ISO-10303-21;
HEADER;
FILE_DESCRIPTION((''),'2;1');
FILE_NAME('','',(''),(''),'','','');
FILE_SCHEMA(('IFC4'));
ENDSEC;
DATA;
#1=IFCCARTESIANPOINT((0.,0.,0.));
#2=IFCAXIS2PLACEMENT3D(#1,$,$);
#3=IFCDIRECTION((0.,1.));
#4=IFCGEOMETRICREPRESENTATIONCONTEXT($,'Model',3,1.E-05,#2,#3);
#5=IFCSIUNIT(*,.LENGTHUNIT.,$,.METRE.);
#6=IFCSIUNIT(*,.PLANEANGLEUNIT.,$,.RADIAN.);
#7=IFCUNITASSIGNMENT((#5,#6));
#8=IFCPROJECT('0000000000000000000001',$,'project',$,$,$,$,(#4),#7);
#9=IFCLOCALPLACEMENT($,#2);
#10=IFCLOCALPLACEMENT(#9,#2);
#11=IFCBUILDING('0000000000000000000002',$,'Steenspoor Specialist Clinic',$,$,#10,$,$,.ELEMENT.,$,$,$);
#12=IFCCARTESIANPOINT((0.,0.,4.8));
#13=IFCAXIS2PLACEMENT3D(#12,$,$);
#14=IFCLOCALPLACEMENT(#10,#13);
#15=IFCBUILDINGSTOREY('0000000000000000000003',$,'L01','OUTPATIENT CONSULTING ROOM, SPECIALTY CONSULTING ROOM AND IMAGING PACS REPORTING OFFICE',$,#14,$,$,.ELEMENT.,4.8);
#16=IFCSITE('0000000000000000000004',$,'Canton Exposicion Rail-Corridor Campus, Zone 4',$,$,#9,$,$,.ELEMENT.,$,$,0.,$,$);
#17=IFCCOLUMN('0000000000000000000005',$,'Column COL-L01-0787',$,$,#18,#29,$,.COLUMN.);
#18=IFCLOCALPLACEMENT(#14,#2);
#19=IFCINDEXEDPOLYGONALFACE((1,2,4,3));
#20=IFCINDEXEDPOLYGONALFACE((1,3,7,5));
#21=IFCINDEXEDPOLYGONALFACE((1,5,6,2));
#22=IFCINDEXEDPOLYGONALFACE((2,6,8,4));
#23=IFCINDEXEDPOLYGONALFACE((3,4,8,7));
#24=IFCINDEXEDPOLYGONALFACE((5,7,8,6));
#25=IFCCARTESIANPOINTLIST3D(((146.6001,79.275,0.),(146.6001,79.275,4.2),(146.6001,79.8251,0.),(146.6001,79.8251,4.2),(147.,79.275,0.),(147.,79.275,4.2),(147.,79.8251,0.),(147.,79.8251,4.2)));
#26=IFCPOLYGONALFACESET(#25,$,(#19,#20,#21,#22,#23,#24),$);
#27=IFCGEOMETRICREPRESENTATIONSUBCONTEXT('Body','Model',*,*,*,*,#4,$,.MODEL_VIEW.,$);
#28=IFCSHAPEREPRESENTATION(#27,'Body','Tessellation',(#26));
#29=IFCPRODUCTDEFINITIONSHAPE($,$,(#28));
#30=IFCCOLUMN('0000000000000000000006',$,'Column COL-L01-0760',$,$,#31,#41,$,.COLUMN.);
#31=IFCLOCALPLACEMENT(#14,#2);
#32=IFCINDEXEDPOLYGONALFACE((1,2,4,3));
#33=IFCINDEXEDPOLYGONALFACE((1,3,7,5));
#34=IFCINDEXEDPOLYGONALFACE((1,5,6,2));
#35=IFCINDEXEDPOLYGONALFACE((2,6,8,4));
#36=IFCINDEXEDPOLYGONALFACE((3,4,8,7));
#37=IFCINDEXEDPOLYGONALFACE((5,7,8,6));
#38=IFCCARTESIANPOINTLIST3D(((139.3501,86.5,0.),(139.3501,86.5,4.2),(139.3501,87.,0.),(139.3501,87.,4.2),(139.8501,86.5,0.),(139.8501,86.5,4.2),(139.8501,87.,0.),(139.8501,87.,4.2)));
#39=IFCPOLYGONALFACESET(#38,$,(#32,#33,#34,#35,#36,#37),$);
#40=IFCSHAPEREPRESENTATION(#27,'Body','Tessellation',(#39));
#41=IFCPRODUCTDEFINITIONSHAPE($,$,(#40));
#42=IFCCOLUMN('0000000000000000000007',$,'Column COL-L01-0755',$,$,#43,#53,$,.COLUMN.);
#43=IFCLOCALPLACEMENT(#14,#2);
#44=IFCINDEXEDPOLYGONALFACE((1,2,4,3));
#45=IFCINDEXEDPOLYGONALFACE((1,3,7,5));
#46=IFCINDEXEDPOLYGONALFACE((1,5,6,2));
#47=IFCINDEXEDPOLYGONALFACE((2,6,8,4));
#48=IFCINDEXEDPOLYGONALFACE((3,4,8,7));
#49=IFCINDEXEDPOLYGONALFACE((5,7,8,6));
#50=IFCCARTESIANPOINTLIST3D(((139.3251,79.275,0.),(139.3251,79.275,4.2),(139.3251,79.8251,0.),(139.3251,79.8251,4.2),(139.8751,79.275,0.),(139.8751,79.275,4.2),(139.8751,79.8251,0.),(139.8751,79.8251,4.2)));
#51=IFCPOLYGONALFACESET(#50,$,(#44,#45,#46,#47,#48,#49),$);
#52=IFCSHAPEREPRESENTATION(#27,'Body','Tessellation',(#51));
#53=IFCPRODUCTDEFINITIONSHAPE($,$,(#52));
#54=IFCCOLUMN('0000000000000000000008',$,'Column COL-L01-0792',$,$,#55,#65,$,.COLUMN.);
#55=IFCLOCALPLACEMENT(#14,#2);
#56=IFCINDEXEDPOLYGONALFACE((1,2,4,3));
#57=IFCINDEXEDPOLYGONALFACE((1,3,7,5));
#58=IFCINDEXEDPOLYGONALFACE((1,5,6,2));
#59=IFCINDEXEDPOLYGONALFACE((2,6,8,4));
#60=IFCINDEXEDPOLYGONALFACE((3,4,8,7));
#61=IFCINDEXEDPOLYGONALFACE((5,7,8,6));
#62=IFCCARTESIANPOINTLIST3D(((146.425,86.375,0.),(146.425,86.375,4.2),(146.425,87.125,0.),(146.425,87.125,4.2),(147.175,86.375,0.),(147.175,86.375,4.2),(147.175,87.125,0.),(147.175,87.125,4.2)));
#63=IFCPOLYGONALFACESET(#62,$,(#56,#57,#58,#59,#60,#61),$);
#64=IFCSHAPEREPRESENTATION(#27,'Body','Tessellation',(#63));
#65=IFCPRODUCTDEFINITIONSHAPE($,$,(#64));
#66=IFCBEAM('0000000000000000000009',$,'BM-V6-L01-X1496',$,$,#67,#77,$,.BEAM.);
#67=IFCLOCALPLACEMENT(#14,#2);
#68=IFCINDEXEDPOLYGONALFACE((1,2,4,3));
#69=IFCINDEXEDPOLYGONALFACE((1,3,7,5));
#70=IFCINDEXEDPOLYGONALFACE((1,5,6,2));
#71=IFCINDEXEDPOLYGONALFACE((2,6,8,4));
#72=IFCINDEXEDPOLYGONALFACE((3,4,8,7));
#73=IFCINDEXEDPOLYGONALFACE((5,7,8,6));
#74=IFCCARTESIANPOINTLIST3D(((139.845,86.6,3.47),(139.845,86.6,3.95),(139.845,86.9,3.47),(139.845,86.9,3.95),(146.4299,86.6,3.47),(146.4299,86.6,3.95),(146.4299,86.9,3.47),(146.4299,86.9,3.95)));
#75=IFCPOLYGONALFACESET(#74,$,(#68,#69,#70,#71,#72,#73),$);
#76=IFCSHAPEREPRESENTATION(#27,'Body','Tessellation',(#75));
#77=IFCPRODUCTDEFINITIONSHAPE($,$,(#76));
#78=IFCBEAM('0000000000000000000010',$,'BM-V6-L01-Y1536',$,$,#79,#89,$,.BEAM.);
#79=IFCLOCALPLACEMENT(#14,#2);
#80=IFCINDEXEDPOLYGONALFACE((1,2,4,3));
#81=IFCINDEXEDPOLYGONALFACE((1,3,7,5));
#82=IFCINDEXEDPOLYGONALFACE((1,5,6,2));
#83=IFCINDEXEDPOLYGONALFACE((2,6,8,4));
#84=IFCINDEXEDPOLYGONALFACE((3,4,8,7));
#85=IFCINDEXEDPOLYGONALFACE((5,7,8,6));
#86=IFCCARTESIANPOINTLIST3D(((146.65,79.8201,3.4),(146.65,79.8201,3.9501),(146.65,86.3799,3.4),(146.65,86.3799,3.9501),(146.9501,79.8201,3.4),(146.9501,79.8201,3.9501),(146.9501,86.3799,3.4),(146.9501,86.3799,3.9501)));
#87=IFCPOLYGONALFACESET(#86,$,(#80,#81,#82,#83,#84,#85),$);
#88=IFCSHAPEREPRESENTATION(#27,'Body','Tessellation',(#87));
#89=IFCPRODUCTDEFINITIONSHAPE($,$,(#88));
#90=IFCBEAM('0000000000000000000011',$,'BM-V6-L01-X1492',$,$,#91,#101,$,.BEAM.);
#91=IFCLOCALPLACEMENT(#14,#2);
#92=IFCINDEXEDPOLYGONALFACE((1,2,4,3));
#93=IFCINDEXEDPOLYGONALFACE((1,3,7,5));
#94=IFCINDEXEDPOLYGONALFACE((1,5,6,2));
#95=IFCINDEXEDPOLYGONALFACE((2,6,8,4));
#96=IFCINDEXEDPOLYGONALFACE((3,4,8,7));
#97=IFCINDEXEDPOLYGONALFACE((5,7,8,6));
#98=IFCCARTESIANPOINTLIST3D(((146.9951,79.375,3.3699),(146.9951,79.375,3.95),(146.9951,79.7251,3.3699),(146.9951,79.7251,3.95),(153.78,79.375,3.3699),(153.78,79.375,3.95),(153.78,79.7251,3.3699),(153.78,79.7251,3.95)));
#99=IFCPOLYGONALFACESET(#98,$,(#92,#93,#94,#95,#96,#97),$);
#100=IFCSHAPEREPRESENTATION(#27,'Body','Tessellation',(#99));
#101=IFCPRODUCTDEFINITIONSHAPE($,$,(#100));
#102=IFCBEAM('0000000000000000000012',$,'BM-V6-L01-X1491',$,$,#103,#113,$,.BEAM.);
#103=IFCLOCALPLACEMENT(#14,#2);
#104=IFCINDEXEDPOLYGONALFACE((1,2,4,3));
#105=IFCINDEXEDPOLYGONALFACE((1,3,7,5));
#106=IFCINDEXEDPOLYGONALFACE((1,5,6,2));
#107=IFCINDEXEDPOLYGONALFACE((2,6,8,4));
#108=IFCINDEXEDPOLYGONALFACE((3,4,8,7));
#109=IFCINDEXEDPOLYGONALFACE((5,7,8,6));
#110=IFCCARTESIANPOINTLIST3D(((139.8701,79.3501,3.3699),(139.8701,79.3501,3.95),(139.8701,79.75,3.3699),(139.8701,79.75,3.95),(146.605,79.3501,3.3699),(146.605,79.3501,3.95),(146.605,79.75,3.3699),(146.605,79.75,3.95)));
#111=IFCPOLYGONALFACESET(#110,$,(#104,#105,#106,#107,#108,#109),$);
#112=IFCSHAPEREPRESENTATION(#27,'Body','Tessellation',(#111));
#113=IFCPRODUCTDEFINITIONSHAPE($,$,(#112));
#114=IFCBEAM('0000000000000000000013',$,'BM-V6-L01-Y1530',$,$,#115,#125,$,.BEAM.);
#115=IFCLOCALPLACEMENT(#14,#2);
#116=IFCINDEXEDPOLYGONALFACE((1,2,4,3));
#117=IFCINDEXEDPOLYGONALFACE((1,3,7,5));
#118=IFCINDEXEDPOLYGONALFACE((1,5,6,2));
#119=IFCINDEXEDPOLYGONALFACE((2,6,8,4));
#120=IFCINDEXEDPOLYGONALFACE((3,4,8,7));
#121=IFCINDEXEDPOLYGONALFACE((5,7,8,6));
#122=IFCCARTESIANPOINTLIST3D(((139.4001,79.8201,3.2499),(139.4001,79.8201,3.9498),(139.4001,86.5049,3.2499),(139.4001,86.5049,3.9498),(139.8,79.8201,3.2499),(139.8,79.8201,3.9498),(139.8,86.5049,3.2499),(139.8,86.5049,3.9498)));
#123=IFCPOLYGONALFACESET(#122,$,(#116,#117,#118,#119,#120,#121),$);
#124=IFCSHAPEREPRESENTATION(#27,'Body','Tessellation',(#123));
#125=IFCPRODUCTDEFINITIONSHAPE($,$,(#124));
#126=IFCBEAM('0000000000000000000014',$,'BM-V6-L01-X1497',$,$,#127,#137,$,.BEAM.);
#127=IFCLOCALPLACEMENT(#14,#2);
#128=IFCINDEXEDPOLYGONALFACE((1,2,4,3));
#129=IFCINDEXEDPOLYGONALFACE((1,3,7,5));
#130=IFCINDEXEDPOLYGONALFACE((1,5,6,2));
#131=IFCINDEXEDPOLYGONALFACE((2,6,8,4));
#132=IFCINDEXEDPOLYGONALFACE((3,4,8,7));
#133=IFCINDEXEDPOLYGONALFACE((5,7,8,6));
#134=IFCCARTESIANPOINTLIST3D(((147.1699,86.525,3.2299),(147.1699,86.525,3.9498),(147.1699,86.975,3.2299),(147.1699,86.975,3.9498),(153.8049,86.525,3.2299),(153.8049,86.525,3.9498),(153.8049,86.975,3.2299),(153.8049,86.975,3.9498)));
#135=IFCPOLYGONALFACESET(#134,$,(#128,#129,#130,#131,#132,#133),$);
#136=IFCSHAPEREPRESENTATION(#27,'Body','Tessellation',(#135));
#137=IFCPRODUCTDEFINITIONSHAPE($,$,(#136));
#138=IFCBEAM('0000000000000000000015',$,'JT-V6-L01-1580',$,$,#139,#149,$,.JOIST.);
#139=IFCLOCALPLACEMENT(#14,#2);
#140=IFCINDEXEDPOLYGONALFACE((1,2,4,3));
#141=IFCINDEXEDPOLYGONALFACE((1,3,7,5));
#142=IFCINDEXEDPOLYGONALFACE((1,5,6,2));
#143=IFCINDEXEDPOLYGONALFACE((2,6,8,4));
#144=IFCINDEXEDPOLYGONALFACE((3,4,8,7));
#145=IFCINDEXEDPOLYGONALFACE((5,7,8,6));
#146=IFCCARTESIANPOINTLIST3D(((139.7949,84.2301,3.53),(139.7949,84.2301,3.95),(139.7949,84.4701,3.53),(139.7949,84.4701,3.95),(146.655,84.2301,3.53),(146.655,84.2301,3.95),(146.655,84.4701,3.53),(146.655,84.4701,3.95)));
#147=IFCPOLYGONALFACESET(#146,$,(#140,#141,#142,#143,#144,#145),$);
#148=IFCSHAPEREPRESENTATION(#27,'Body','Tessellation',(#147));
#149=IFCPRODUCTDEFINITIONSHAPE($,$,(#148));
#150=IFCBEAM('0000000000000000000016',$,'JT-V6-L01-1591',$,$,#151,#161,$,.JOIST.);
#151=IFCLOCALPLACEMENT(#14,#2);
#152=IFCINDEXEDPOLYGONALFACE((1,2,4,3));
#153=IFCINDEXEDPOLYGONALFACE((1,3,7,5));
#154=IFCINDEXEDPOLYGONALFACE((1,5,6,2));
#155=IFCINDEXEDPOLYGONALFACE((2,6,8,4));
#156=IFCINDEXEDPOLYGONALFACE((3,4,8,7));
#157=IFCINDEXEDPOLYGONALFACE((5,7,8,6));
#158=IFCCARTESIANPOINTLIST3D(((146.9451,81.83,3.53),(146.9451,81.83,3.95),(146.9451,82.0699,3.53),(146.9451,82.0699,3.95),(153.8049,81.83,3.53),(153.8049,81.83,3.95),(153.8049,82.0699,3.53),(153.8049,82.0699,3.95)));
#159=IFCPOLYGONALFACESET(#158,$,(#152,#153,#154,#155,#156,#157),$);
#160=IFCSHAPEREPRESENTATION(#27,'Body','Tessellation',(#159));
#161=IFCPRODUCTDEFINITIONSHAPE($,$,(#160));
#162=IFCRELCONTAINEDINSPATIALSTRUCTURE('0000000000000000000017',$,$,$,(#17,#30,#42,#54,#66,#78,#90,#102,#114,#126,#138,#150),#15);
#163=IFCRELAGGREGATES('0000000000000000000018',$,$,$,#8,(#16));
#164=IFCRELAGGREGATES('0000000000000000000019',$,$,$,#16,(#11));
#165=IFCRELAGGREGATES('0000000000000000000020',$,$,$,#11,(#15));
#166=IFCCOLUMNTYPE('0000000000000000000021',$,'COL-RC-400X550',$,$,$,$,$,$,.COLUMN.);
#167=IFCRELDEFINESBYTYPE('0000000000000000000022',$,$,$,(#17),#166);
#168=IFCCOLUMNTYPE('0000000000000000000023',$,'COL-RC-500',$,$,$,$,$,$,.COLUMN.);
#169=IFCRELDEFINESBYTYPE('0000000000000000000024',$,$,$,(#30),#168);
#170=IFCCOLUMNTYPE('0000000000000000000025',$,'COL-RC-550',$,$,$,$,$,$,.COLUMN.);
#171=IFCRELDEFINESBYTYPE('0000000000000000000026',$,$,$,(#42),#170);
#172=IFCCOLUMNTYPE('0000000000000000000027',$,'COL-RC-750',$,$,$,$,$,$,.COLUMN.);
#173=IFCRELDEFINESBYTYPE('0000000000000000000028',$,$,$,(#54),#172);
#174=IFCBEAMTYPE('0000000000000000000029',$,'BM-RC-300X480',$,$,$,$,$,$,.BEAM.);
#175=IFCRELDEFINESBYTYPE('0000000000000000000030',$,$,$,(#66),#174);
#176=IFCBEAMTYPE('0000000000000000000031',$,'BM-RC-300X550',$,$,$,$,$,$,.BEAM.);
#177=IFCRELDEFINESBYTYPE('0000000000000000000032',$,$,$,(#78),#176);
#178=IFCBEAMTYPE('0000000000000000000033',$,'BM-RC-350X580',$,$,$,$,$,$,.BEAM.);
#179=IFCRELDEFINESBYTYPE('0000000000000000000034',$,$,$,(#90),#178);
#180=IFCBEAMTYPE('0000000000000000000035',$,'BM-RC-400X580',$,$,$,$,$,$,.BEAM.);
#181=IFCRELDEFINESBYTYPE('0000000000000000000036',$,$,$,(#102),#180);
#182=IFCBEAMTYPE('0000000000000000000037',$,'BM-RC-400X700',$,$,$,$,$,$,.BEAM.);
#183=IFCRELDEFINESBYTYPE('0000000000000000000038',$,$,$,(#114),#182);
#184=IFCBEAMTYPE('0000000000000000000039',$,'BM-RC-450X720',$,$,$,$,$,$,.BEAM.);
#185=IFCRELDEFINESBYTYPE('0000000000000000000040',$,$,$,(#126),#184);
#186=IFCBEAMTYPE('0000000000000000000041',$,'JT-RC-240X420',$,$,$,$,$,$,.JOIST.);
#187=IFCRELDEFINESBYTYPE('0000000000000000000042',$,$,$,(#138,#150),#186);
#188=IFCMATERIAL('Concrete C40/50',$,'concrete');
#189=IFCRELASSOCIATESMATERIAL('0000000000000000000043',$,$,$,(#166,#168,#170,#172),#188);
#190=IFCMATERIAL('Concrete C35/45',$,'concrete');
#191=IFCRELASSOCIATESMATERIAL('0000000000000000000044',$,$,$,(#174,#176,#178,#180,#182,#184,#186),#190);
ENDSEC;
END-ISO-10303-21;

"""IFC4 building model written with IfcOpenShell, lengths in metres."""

from ifc_helpers import new_model, si_unit, direction, frame, origin, origin_2d, place, context, subcontext, project, spatial, rectangle, extrude, material, material_profile, profile_set, type_object, element, save


model = new_model("IFC4")

# Units and contexts
model_context = context("Model", 3, precision=1e-05, world=origin(), true_north=direction((0.0, 1.0)))
body_context = subcontext(model_context, "Body", "Model", "MODEL_VIEW")
ifc_project = project(units=[si_unit("LENGTHUNIT", "METRE"), si_unit("PLANEANGLEUNIT", "RADIAN")], contexts=[model_context])

# Site, building, storey
site_placement = place(None, origin())
site = spatial("IfcSite", under=ifc_project, at=site_placement, Name="Canton Exposicion Rail-Corridor Campus, Zone 4", CompositionType="ELEMENT", RefElevation=0.0)
building_placement = place(site_placement, origin())
building = spatial("IfcBuilding", under=site, at=building_placement, Name="Steenspoor Specialist Clinic", CompositionType="ELEMENT")
storey_placement = place(building_placement, frame((0.0, 0.0, 4.8)))
storey = spatial("IfcBuildingStorey", under=building, at=storey_placement, Name="L01", Description="OUTPATIENT CONSULTING ROOM, SPECIALTY CONSULTING ROOM AND IMAGING PACS REPORTING OFFICE", CompositionType="ELEMENT", Elevation=4.8)

# Columns
ifc_material_1 = material(Name="Concrete C40/50", Category="concrete")
ifc_material_profile_1 = material_profile(ifc_material_1, rectangle(XDim=0.3999, YDim=0.55, at=origin_2d()), Name="RC-COL-400X550")
ifc_profile_set_1 = profile_set([ifc_material_profile_1], Name="Concrete C40/50")
column_type_1 = type_object("IfcColumnType", Name="COL-RC-400X550", PredefinedType="COLUMN", material=ifc_profile_set_1)
column_1_placement = place(storey_placement, frame((146.8, 79.55, 0.0), z_axis=(0.0, 0.0, 1.0), x_axis=(1.0, 0.0, 0.0)))
element("IfcColumn", 1, at=column_1_placement, inside=storey, type_object=column_type_1, Name="Column COL-L01-0787", PredefinedType="COLUMN", context=body_context, shape_type="SweptSolid", body=[
    extrude(rectangle(XDim=0.3999, YDim=0.55, at=origin_2d()), origin(), (0.0, 0.0, 1.0), 4.2),
])
ifc_material_profile_2 = material_profile(ifc_material_1, rectangle(XDim=0.5, YDim=0.5, at=origin_2d()), Name="RC-COL-500X500")
ifc_profile_set_2 = profile_set([ifc_material_profile_2], Name="Concrete C40/50")
column_type_2 = type_object("IfcColumnType", Name="COL-RC-500", PredefinedType="COLUMN", material=ifc_profile_set_2)
column_2_placement = place(storey_placement, frame((139.6001, 86.75, 0.0), z_axis=(0.0, 0.0, 1.0), x_axis=(1.0, 0.0, 0.0)))
element("IfcColumn", 2, at=column_2_placement, inside=storey, type_object=column_type_2, Name="Column COL-L01-0760", PredefinedType="COLUMN", context=body_context, shape_type="SweptSolid", body=[
    extrude(rectangle(XDim=0.5, YDim=0.5, at=origin_2d()), origin(), (0.0, 0.0, 1.0), 4.2),
])
ifc_material_profile_3 = material_profile(ifc_material_1, rectangle(XDim=0.55, YDim=0.55, at=origin_2d()), Name="RC-COL-550X550")
ifc_profile_set_3 = profile_set([ifc_material_profile_3], Name="Concrete C40/50")
column_type_3 = type_object("IfcColumnType", Name="COL-RC-550", PredefinedType="COLUMN", material=ifc_profile_set_3)
column_3_placement = place(storey_placement, frame((139.6001, 79.55, 0.0), z_axis=(0.0, 0.0, 1.0), x_axis=(1.0, 0.0, 0.0)))
element("IfcColumn", 3, at=column_3_placement, inside=storey, type_object=column_type_3, Name="Column COL-L01-0755", PredefinedType="COLUMN", context=body_context, shape_type="SweptSolid", body=[
    extrude(rectangle(XDim=0.55, YDim=0.55, at=origin_2d()), origin(), (0.0, 0.0, 1.0), 4.2),
])
ifc_material_profile_4 = material_profile(ifc_material_1, rectangle(XDim=0.75, YDim=0.75, at=origin_2d()), Name="RC-COL-750X750")
ifc_profile_set_4 = profile_set([ifc_material_profile_4], Name="Concrete C40/50")
column_type_4 = type_object("IfcColumnType", Name="COL-RC-750", PredefinedType="COLUMN", material=ifc_profile_set_4)
column_4_placement = place(storey_placement, frame((146.8, 86.75, 0.0), z_axis=(0.0, 0.0, 1.0), x_axis=(1.0, 0.0, 0.0)))
element("IfcColumn", 4, at=column_4_placement, inside=storey, type_object=column_type_4, Name="Column COL-L01-0792", PredefinedType="COLUMN", context=body_context, shape_type="SweptSolid", body=[
    extrude(rectangle(XDim=0.75, YDim=0.75, at=origin_2d()), origin(), (0.0, 0.0, 1.0), 4.2),
])

# Beams
ifc_material_2 = material(Name="Concrete C35/45", Category="concrete")
ifc_material_profile_5 = material_profile(ifc_material_2, rectangle(XDim=0.3, YDim=0.48, at=origin_2d()), Name="RC-BM-300X480")
ifc_profile_set_5 = profile_set([ifc_material_profile_5], Name="Concrete C35/45")
beam_type_1 = type_object("IfcBeamType", Name="BM-RC-300X480", PredefinedType="BEAM", material=ifc_profile_set_5)
beam_1_placement = place(storey_placement, frame((139.845, 86.75, 3.71), z_axis=(1.0, 0.0, 0.0), x_axis=(0.0, 1.0, 0.0)))
element("IfcBeam", 5, at=beam_1_placement, inside=storey, type_object=beam_type_1, Name="BM-V6-L01-X1496", PredefinedType="BEAM", context=body_context, shape_type="SweptSolid", body=[
    extrude(rectangle(XDim=0.3, YDim=0.48, at=origin_2d()), origin(), (0.0, 0.0, 1.0), 6.585),
])
ifc_material_profile_6 = material_profile(ifc_material_2, rectangle(XDim=0.3, YDim=0.55, at=origin_2d()), Name="RC-BM-300X550")
ifc_profile_set_6 = profile_set([ifc_material_profile_6], Name="Concrete C35/45")
beam_type_2 = type_object("IfcBeamType", Name="BM-RC-300X550", PredefinedType="BEAM", material=ifc_profile_set_6)
beam_2_placement = place(storey_placement, frame((146.8, 79.8201, 3.675), z_axis=(0.0, 1.0, 0.0), x_axis=(-1.0, 0.0, 0.0)))
element("IfcBeam", 6, at=beam_2_placement, inside=storey, type_object=beam_type_2, Name="BM-V6-L01-Y1536", PredefinedType="BEAM", context=body_context, shape_type="SweptSolid", body=[
    extrude(rectangle(XDim=0.3, YDim=0.55, at=origin_2d()), origin(), (0.0, 0.0, 1.0), 6.5598),
])
ifc_material_profile_7 = material_profile(ifc_material_2, rectangle(XDim=0.3501, YDim=0.5801, at=origin_2d()), Name="RC-BM-350X580")
ifc_profile_set_7 = profile_set([ifc_material_profile_7], Name="Concrete C35/45")
beam_type_3 = type_object("IfcBeamType", Name="BM-RC-350X580", PredefinedType="BEAM", material=ifc_profile_set_7)
beam_3_placement = place(storey_placement, frame((146.9951, 79.55, 3.6599), z_axis=(1.0, 0.0, 0.0), x_axis=(0.0, 1.0, 0.0)))
element("IfcBeam", 7, at=beam_3_placement, inside=storey, type_object=beam_type_3, Name="BM-V6-L01-X1492", PredefinedType="BEAM", context=body_context, shape_type="SweptSolid", body=[
    extrude(rectangle(XDim=0.3501, YDim=0.5801, at=origin_2d()), origin(), (0.0, 0.0, 1.0), 6.7849),
])
ifc_material_profile_8 = material_profile(ifc_material_2, rectangle(XDim=0.3999, YDim=0.5801, at=origin_2d()), Name="RC-BM-400X580")
ifc_profile_set_8 = profile_set([ifc_material_profile_8], Name="Concrete C35/45")
beam_type_4 = type_object("IfcBeamType", Name="BM-RC-400X580", PredefinedType="BEAM", material=ifc_profile_set_8)
beam_4_placement = place(storey_placement, frame((139.8701, 79.55, 3.6599), z_axis=(1.0, 0.0, 0.0), x_axis=(0.0, 1.0, 0.0)))
element("IfcBeam", 8, at=beam_4_placement, inside=storey, type_object=beam_type_4, Name="BM-V6-L01-X1491", PredefinedType="BEAM", context=body_context, shape_type="SweptSolid", body=[
    extrude(rectangle(XDim=0.3999, YDim=0.5801, at=origin_2d()), origin(), (0.0, 0.0, 1.0), 6.7349),
])
ifc_material_profile_9 = material_profile(ifc_material_2, rectangle(XDim=0.3999, YDim=0.7, at=origin_2d()), Name="RC-BM-400X700")
ifc_profile_set_9 = profile_set([ifc_material_profile_9], Name="Concrete C35/45")
beam_type_5 = type_object("IfcBeamType", Name="BM-RC-400X700", PredefinedType="BEAM", material=ifc_profile_set_9)
beam_5_placement = place(storey_placement, frame((139.6001, 79.8201, 3.5999), z_axis=(0.0, 1.0, 0.0), x_axis=(-1.0, 0.0, 0.0)))
element("IfcBeam", 9, at=beam_5_placement, inside=storey, type_object=beam_type_5, Name="BM-V6-L01-Y1530", PredefinedType="BEAM", context=body_context, shape_type="SweptSolid", body=[
    extrude(rectangle(XDim=0.3999, YDim=0.7, at=origin_2d()), origin(), (0.0, 0.0, 1.0), 6.6848),
])
ifc_material_profile_10 = material_profile(ifc_material_2, rectangle(XDim=0.45, YDim=0.72, at=origin_2d()), Name="RC-BM-450X720")
ifc_profile_set_10 = profile_set([ifc_material_profile_10], Name="Concrete C35/45")
beam_type_6 = type_object("IfcBeamType", Name="BM-RC-450X720", PredefinedType="BEAM", material=ifc_profile_set_10)
beam_6_placement = place(storey_placement, frame((147.1699, 86.75, 3.5898), z_axis=(1.0, 0.0, 0.0), x_axis=(0.0, 1.0, 0.0)))
element("IfcBeam", 10, at=beam_6_placement, inside=storey, type_object=beam_type_6, Name="BM-V6-L01-X1497", PredefinedType="BEAM", context=body_context, shape_type="SweptSolid", body=[
    extrude(rectangle(XDim=0.45, YDim=0.72, at=origin_2d()), origin(), (0.0, 0.0, 1.0), 6.635),
])
ifc_material_profile_11 = material_profile(ifc_material_2, rectangle(XDim=0.24, YDim=0.4199, at=origin_2d()), Name="RC-JT-240X420")
ifc_profile_set_11 = profile_set([ifc_material_profile_11], Name="Concrete C35/45")
beam_type_7 = type_object("IfcBeamType", Name="JT-RC-240X420", PredefinedType="JOIST", material=ifc_profile_set_11)
beam_7_placement = place(storey_placement, frame((139.7949, 84.3501, 3.74), z_axis=(1.0, 0.0, 0.0), x_axis=(0.0, 1.0, 0.0)))
element("IfcBeam", 11, at=beam_7_placement, inside=storey, type_object=beam_type_7, Name="JT-V6-L01-1580", PredefinedType="JOIST", context=body_context, shape_type="SweptSolid", body=[
    extrude(rectangle(XDim=0.24, YDim=0.4199, at=origin_2d()), origin(), (0.0, 0.0, 1.0), 6.8601),
])
beam_8_placement = place(storey_placement, frame((146.9451, 81.95, 3.74), z_axis=(1.0, 0.0, 0.0), x_axis=(0.0, 1.0, 0.0)))
element("IfcBeam", 12, at=beam_8_placement, inside=storey, type_object=beam_type_7, Name="JT-V6-L01-1591", PredefinedType="JOIST", context=body_context, shape_type="SweptSolid", body=[
    extrude(rectangle(XDim=0.24, YDim=0.4199, at=origin_2d()), origin(), (0.0, 0.0, 1.0), 6.8599),
])

save(model, "model.ifc")
